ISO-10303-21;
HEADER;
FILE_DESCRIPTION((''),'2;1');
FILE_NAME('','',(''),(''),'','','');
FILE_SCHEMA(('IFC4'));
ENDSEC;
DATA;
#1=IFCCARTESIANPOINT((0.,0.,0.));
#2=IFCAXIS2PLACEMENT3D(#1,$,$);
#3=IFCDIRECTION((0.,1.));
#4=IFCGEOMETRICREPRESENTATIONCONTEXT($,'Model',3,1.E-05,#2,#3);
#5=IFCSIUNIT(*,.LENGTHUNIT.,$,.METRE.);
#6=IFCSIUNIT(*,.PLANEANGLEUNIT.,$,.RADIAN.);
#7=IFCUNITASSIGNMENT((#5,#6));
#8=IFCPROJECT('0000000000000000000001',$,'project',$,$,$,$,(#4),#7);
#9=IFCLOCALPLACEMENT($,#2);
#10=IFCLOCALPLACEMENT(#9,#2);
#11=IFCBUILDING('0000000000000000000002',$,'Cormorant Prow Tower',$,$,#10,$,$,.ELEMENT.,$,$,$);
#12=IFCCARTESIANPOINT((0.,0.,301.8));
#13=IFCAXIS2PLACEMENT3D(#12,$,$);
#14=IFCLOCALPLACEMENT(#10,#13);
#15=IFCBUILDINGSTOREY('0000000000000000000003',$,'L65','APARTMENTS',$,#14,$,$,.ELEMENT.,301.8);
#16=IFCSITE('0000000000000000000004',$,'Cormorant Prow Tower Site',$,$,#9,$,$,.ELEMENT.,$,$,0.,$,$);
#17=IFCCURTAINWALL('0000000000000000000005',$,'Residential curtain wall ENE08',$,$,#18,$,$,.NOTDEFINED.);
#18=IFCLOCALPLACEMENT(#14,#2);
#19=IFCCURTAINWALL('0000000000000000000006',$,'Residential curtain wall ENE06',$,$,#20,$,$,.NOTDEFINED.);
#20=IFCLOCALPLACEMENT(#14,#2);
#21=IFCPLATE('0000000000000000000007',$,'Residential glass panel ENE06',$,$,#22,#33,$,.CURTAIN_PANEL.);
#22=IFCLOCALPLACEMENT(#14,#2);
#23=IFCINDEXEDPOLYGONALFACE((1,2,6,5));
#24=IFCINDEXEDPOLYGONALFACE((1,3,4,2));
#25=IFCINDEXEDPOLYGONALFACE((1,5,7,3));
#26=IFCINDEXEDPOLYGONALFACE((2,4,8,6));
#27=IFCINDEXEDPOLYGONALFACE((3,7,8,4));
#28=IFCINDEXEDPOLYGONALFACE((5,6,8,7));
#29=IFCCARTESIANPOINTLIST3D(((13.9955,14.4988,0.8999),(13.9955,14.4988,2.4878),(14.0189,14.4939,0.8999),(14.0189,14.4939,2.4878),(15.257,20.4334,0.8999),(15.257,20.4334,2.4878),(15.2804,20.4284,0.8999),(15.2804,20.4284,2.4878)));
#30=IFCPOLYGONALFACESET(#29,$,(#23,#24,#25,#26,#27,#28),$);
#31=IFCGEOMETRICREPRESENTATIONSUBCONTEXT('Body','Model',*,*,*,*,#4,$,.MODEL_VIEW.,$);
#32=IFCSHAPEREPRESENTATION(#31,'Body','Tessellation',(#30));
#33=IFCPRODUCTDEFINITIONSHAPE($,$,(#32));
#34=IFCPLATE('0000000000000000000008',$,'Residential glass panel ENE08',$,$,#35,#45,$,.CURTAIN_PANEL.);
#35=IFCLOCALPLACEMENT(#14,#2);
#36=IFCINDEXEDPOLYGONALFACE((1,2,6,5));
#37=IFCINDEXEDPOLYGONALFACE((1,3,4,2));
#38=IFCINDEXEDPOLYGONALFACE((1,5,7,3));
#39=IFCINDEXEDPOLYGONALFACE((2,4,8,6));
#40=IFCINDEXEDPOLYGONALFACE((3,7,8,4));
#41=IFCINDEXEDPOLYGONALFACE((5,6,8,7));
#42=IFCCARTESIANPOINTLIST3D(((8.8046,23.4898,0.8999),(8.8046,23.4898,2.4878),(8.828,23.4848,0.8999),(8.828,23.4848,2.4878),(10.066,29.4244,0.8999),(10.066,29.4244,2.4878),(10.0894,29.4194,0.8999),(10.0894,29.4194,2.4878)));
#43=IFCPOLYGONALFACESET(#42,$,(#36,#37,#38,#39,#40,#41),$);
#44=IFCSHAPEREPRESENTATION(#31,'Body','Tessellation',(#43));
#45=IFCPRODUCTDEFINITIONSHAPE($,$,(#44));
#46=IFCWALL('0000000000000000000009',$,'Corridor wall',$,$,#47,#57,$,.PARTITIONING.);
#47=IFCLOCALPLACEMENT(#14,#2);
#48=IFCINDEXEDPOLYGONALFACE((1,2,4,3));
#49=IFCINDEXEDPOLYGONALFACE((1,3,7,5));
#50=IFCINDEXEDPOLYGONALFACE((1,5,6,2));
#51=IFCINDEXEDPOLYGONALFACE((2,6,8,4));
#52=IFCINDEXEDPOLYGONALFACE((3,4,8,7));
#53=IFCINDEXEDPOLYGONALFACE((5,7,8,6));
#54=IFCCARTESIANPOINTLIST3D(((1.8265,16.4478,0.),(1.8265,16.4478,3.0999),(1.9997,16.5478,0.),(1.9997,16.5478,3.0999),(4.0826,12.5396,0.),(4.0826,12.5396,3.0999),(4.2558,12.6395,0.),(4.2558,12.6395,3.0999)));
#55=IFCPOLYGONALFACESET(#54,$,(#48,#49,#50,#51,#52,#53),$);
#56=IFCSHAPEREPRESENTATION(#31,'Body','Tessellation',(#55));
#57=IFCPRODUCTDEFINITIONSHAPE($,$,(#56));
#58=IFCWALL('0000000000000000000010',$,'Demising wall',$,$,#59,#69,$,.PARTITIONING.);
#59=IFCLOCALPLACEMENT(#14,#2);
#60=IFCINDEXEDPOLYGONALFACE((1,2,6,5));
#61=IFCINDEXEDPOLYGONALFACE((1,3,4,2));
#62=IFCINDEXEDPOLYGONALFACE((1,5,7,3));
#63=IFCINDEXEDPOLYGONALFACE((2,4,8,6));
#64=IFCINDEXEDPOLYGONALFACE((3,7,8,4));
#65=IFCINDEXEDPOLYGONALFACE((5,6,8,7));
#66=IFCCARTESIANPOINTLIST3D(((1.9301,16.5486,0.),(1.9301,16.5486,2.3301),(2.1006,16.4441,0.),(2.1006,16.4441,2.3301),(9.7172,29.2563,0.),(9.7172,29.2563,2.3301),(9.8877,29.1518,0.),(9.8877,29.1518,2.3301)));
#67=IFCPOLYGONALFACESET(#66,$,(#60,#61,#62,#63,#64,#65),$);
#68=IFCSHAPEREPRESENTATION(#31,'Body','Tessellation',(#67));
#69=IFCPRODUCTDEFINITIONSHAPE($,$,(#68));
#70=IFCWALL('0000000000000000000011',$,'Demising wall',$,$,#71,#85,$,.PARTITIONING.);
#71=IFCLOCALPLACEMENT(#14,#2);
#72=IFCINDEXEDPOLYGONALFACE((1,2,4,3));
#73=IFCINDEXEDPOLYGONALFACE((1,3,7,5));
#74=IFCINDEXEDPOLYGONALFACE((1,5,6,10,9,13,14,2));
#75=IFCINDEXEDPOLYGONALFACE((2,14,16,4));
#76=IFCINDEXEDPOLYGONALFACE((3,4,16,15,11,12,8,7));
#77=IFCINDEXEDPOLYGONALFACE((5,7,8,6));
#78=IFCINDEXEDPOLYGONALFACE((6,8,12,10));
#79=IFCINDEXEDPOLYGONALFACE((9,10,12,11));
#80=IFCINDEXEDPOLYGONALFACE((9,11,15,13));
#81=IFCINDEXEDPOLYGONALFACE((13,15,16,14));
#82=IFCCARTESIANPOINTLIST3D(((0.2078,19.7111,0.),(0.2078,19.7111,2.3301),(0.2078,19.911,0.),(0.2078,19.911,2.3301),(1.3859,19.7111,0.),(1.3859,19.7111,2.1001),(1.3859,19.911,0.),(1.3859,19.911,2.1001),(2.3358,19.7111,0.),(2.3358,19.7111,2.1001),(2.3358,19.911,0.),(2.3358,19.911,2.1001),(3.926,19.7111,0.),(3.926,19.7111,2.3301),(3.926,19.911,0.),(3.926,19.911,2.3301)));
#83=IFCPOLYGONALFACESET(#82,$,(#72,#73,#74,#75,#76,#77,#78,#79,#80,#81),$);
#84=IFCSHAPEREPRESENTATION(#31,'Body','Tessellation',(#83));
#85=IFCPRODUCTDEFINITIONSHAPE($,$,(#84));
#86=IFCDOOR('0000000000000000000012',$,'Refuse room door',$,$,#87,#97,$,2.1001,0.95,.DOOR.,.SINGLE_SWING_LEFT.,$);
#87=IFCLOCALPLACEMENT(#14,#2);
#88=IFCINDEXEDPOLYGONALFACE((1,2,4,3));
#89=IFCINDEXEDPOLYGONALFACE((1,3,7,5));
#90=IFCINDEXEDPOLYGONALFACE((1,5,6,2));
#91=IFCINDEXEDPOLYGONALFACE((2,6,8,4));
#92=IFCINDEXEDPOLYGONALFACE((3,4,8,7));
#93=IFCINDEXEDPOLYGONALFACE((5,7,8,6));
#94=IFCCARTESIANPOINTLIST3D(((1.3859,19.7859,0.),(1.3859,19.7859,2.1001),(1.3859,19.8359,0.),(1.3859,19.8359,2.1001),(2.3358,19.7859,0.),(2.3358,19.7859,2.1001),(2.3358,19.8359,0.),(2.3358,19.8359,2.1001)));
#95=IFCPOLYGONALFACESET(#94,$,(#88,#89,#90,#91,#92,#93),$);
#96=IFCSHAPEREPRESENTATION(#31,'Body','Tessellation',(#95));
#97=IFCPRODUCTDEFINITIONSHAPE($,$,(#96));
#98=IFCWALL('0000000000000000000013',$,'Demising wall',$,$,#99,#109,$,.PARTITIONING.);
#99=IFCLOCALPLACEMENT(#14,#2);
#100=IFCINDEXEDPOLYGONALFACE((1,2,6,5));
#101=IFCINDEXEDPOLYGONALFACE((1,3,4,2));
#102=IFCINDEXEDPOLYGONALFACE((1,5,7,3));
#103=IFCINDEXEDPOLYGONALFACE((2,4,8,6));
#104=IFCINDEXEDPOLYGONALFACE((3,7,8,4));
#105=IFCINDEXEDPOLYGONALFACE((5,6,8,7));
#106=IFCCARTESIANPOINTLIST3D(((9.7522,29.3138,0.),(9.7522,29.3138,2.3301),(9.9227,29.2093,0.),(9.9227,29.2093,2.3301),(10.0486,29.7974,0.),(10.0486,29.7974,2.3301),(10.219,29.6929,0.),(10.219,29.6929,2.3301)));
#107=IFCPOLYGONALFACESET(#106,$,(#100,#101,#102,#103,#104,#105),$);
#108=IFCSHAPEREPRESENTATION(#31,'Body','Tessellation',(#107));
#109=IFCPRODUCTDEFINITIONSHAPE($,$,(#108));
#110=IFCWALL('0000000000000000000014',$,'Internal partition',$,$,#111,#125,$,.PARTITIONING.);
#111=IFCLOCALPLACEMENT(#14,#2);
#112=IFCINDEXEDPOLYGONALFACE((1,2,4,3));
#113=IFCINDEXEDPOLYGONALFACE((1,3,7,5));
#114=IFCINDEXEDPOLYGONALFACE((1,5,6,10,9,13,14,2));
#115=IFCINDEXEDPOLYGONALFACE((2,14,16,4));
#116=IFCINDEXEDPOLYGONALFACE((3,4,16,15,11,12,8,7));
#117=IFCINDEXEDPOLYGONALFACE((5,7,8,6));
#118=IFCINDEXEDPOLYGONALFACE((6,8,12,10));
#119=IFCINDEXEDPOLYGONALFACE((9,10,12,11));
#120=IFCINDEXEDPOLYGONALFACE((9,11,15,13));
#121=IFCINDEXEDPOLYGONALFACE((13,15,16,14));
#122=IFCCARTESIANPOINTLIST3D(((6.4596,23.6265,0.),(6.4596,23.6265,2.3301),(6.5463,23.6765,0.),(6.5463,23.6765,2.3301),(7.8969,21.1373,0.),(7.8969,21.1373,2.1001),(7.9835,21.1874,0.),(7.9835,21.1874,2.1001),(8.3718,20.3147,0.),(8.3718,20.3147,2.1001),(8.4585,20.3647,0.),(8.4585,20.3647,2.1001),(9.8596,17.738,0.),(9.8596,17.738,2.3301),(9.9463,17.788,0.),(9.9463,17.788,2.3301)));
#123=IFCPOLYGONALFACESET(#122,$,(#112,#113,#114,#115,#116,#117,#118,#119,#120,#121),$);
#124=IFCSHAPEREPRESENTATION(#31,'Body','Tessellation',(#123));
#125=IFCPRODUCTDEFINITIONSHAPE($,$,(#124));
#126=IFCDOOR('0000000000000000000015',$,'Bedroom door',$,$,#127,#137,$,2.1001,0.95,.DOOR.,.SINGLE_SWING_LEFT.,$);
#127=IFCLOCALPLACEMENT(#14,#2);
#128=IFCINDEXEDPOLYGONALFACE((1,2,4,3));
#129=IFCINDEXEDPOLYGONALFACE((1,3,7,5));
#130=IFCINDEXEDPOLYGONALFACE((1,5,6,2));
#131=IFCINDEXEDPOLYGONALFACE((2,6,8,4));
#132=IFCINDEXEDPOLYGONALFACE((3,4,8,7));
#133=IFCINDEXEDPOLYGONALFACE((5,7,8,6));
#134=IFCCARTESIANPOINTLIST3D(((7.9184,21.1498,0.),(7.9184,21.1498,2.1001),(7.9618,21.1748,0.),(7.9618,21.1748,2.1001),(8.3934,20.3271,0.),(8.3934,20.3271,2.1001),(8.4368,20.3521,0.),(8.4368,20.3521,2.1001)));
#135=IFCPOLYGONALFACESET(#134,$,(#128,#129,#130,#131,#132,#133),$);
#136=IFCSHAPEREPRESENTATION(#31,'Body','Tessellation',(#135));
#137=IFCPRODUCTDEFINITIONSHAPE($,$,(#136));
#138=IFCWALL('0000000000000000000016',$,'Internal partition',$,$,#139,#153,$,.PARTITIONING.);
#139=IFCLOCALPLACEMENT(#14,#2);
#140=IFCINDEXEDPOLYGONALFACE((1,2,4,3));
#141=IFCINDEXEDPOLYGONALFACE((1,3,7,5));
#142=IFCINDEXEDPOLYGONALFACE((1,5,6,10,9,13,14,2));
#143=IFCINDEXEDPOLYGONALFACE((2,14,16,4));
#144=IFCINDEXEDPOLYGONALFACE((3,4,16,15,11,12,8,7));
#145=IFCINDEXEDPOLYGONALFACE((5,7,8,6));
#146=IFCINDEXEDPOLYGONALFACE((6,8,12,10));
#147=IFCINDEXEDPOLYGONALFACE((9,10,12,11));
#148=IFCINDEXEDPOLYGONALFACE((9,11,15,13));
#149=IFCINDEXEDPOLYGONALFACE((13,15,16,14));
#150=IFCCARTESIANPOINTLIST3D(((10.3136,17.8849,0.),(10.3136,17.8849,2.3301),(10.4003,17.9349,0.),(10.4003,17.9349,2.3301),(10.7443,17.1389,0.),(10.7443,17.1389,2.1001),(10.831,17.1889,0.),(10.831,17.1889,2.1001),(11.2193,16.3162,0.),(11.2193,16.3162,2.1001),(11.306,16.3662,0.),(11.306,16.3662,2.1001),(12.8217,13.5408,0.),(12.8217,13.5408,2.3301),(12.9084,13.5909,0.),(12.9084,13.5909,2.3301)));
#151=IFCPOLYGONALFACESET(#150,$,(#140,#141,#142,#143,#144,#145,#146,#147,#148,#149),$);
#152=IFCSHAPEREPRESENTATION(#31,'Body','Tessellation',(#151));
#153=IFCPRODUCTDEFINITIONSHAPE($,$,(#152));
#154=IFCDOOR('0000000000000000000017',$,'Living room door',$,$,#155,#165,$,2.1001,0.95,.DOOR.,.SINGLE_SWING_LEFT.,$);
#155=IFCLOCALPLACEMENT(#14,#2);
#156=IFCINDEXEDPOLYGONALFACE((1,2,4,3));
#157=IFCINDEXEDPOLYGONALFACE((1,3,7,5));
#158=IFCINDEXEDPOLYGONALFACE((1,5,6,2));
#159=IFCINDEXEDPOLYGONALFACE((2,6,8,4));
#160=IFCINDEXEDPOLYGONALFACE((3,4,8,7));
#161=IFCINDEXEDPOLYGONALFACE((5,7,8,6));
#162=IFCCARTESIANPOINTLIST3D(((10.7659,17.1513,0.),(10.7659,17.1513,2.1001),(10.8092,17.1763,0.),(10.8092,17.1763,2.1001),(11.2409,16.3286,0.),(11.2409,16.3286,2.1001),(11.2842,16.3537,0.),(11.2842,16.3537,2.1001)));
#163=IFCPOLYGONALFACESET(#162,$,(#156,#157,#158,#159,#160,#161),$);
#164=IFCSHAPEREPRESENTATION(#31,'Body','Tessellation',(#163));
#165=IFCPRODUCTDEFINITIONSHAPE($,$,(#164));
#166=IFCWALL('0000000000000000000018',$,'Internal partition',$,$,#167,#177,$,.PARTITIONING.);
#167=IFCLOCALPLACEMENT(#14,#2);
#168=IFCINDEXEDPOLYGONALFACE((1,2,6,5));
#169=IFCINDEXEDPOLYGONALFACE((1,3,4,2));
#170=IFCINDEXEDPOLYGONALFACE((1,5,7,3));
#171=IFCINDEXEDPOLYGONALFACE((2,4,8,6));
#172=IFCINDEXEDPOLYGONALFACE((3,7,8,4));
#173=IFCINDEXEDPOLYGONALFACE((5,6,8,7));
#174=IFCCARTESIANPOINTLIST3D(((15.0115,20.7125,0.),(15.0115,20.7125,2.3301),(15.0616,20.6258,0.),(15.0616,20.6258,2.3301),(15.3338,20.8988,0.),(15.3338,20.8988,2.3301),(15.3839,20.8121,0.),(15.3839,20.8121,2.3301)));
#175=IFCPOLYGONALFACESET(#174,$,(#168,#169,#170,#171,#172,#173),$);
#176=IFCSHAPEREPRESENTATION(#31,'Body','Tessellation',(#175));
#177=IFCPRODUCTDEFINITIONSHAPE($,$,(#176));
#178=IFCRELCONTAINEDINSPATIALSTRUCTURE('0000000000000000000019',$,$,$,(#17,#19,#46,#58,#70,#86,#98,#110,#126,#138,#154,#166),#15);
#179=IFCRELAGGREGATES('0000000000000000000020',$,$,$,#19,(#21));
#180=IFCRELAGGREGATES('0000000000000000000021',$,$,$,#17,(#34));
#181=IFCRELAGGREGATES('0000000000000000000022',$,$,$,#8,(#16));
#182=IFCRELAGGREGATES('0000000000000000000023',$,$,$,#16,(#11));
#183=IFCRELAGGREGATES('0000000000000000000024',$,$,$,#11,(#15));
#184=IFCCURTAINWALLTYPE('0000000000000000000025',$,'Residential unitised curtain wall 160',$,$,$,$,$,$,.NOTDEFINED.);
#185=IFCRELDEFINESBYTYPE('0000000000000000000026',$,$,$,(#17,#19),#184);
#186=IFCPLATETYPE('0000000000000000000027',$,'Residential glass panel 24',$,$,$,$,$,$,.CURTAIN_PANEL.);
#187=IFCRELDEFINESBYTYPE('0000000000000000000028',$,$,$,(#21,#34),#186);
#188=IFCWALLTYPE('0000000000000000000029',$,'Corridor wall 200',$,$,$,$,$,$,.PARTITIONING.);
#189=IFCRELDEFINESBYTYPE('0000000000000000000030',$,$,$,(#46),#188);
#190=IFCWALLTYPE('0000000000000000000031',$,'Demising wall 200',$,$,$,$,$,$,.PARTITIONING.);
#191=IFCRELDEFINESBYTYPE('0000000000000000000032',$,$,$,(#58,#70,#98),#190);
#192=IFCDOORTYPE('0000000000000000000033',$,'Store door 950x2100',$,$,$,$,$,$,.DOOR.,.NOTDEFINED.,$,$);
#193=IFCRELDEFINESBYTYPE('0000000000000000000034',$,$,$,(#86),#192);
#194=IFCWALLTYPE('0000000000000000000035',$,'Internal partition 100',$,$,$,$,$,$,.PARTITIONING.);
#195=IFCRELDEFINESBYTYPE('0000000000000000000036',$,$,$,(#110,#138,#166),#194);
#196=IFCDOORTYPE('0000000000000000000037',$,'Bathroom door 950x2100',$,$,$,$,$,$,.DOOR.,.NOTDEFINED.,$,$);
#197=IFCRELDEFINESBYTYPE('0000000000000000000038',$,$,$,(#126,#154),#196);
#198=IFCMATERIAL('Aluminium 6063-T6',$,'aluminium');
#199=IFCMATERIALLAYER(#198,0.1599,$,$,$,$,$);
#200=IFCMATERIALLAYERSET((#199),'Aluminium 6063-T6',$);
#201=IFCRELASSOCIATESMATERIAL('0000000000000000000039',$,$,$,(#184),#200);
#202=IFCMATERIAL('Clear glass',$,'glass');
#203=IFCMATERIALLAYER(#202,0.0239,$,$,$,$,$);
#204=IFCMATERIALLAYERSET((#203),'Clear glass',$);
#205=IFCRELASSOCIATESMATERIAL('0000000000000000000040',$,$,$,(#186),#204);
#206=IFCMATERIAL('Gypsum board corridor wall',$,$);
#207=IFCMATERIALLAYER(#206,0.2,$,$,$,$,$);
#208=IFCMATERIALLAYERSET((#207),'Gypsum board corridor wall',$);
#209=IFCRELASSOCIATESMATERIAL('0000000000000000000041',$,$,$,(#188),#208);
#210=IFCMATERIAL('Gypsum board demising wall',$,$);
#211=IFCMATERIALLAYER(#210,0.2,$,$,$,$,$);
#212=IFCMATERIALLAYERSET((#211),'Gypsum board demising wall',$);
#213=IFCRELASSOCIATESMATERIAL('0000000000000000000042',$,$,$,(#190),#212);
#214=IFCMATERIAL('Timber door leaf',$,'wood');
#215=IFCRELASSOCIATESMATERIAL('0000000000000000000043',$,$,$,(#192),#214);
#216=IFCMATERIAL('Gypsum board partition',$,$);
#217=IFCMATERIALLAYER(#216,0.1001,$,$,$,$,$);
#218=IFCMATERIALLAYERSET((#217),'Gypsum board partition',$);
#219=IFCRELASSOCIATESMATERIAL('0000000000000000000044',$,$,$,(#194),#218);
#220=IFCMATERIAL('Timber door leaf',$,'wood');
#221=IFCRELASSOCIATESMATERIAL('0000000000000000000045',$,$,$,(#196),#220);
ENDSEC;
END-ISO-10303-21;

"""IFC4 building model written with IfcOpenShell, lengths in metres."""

from ifc_helpers import new_model, si_unit, direction, frame, frame_2d, origin, origin_2d, place, context, subcontext, project, spatial, rectangle, extrude, material, layer, layer_set, type_object, element, fill, aggregate, save


model = new_model("IFC4")

# Units and contexts
model_context = context("Model", 3, precision=1e-05, world=origin(), true_north=direction((0.0, 1.0)))
body_context = subcontext(model_context, "Body", "Model", "MODEL_VIEW")
ifc_project = project(units=[si_unit("LENGTHUNIT", "METRE"), si_unit("PLANEANGLEUNIT", "RADIAN")], contexts=[model_context])

# Site, building, storey
site_placement = place(None, origin())
site = spatial("IfcSite", under=ifc_project, at=site_placement, Name="Cormorant Prow Tower Site", CompositionType="ELEMENT", RefElevation=0.0)
building_placement = place(site_placement, origin())
building = spatial("IfcBuilding", under=site, at=building_placement, Name="Cormorant Prow Tower", CompositionType="ELEMENT")
storey_placement = place(building_placement, frame((0.0, 0.0, 301.8)))
storey = spatial("IfcBuildingStorey", under=building, at=storey_placement, Name="L65", Description="APARTMENTS", CompositionType="ELEMENT", Elevation=301.8)

# Curtain wall
ifc_material_1 = material(Name="Aluminium 6063-T6", Category="aluminium")
ifc_layer_1 = layer(ifc_material_1, 0.1599)
ifc_layer_set_1 = layer_set([ifc_layer_1], Name="Aluminium 6063-T6")
curtain_wall_type = type_object("IfcCurtainWallType", Name="Residential unitised curtain wall 160", PredefinedType="NOTDEFINED", material=ifc_layer_set_1)
curtain_wall_1_placement = place(storey_placement, origin())
curtain_wall_1 = element("IfcCurtainWall", 1, at=curtain_wall_1_placement, inside=storey, type_object=curtain_wall_type, Name="Residential curtain wall ENE08", PredefinedType="NOTDEFINED")

# Curtain wall, plate
curtain_wall_2_placement = place(storey_placement, origin())
curtain_wall_2 = element("IfcCurtainWall", 2, at=curtain_wall_2_placement, inside=storey, type_object=curtain_wall_type, Name="Residential curtain wall ENE06", PredefinedType="NOTDEFINED")
ifc_material_2 = material(Name="Clear glass", Category="glass")
ifc_layer_2 = layer(ifc_material_2, 0.0239)
ifc_layer_set_2 = layer_set([ifc_layer_2], Name="Clear glass")
plate_type = type_object("IfcPlateType", Name="Residential glass panel 24", PredefinedType="CURTAIN_PANEL", material=ifc_layer_set_2)
plate_1_placement = place(storey_placement, frame((14.6379, 17.4636, 0.8999), z_axis=(0.0, 0.0, 1.0), x_axis=(0.207912, 0.978148, 0.0)))
plate_1 = element("IfcPlate", 3, at=plate_1_placement, type_object=plate_type, Name="Residential glass panel ENE06", PredefinedType="CURTAIN_PANEL", context=body_context, shape_type="SweptSolid", body=[
    extrude(rectangle(XDim=6.0671, YDim=0.0239, at=origin_2d()), origin(), (0.0, 0.0, 1.0), 1.5879),
])
aggregate(curtain_wall_2, [plate_1])

# Plate
plate_2_placement = place(storey_placement, frame((9.447, 26.4546, 0.8999), z_axis=(0.0, 0.0, 1.0), x_axis=(0.207912, 0.978148, 0.0)))
plate_2 = element("IfcPlate", 4, at=plate_2_placement, type_object=plate_type, Name="Residential glass panel ENE08", PredefinedType="CURTAIN_PANEL", context=body_context, shape_type="SweptSolid", body=[
    extrude(rectangle(XDim=6.0671, YDim=0.0239, at=origin_2d()), origin(), (0.0, 0.0, 1.0), 1.5879),
])
aggregate(curtain_wall_1, [plate_2])

# Walls
ifc_material_3 = material(Name="Gypsum board corridor wall")
ifc_layer_3 = layer(ifc_material_3, 0.2)
ifc_layer_set_3 = layer_set([ifc_layer_3], Name="Gypsum board corridor wall")
wall_type_1 = type_object("IfcWallType", Name="Corridor wall 200", PredefinedType="PARTITIONING", material=ifc_layer_set_3)
wall_1_placement = place(storey_placement, frame((1.9131, 16.4978, 0.0), z_axis=(0.0, 0.0, 1.0), x_axis=(0.49995, -0.866054, 0.0)))
element("IfcWall", 5, at=wall_1_placement, inside=storey, type_object=wall_type_1, Name="Corridor wall", PredefinedType="PARTITIONING", context=body_context, shape_type="SweptSolid", body=[
    extrude(rectangle(XDim=4.5127, YDim=0.2, at=frame_2d((2.2563, 0.0))), origin(), (0.0, 0.0, 1.0), 3.0999),
])
ifc_material_4 = material(Name="Gypsum board demising wall")
ifc_layer_4 = layer(ifc_material_4, 0.2)
ifc_layer_set_4 = layer_set([ifc_layer_4], Name="Gypsum board demising wall")
wall_type_2 = type_object("IfcWallType", Name="Demising wall 200", PredefinedType="PARTITIONING", material=ifc_layer_set_4)
wall_2_placement = place(storey_placement, frame((2.0154, 16.4963, 0.0), z_axis=(0.0, 0.0, 1.0), x_axis=(0.522488, 0.852647, 0.0)))
element("IfcWall", 6, at=wall_2_placement, inside=storey, type_object=wall_type_2, Name="Demising wall", PredefinedType="PARTITIONING", context=body_context, shape_type="SweptSolid", body=[
    extrude(rectangle(XDim=14.9038, YDim=0.2, at=frame_2d((7.4519, 0.0))), origin(), (0.0, 0.0, 1.0), 2.3301),
])

# Wall, opening, door
wall_3_placement = place(storey_placement, frame((0.2078, 19.811, 0.0), z_axis=(0.0, 0.0, 1.0), x_axis=(1.0, 0.0, 0.0)))
wall_3 = element("IfcWall", 7, at=wall_3_placement, inside=storey, type_object=wall_type_2, Name="Demising wall", PredefinedType="PARTITIONING", context=body_context, shape_type="SweptSolid", body=[
    extrude(rectangle(XDim=3.7183, YDim=0.2, at=frame_2d((1.8591, 0.0))), origin(), (0.0, 0.0, 1.0), 2.3301),
])
opening_1_placement = place(wall_3_placement, frame((1.178, 0.0, 0.0)))
opening_1 = element("IfcOpeningElement", 8, at=opening_1_placement, cuts=wall_3, PredefinedType="OPENING", context=body_context, shape_type="SweptSolid", body=[
    extrude(rectangle(XDim=0.95, YDim=2.1001, at=frame_2d((0.4751, 1.05))), frame((0.0, 0.1099, 0.0), z_axis=(0.0, -1.0, 0.0), x_axis=(1.0, 0.0, 0.0)), (0.0, 0.0, 1.0), 0.22),
])
ifc_material_5 = material(Name="Timber door leaf", Category="wood")
door_type_1 = type_object("IfcDoorType", Name="Store door 950x2100", OperationType="NOTDEFINED", PredefinedType="DOOR", material=ifc_material_5)
door_1_placement = place(opening_1_placement, origin())
door_1 = element("IfcDoor", 9, at=door_1_placement, inside=storey, type_object=door_type_1, Name="Refuse room door", OperationType="SINGLE_SWING_LEFT", OverallHeight=2.1001, OverallWidth=0.95, PredefinedType="DOOR", context=body_context, shape_type="SweptSolid", body=[
    extrude(rectangle(XDim=0.95, YDim=2.1001, at=frame_2d((0.4751, 1.05))), frame((0.0, 0.0249, 0.0), z_axis=(0.0, -1.0, 0.0), x_axis=(1.0, 0.0, 0.0)), (0.0, 0.0, 1.0), 0.05),
])
fill(opening_1, door_1)

# Wall
wall_4_placement = place(storey_placement, frame((9.8374, 29.2615, 0.0), z_axis=(0.0, 0.0, 1.0), x_axis=(0.522512, 0.852632, 0.0)))
element("IfcWall", 10, at=wall_4_placement, inside=storey, type_object=wall_type_2, Name="Demising wall", PredefinedType="PARTITIONING", context=body_context, shape_type="SweptSolid", body=[
    extrude(rectangle(XDim=0.5671, YDim=0.2, at=frame_2d((0.2837, 0.0))), origin(), (0.0, 0.0, 1.0), 2.3301),
])

# Walls, openings, doors
ifc_material_6 = material(Name="Gypsum board partition")
ifc_layer_5 = layer(ifc_material_6, 0.1001)
ifc_layer_set_5 = layer_set([ifc_layer_5], Name="Gypsum board partition")
wall_type_3 = type_object("IfcWallType", Name="Internal partition 100", PredefinedType="PARTITIONING", material=ifc_layer_set_5)
wall_5_placement = place(storey_placement, frame((6.5029, 23.6516, 0.0), z_axis=(0.0, 0.0, 1.0), x_axis=(0.500024, -0.866012, 0.0)))
wall_5 = element("IfcWall", 11, at=wall_5_placement, inside=storey, type_object=wall_type_3, Name="Internal partition", PredefinedType="PARTITIONING", context=body_context, shape_type="SweptSolid", body=[
    extrude(rectangle(XDim=6.7996, YDim=0.1001, at=frame_2d((3.3999, 0.0))), origin(), (0.0, 0.0, 1.0), 2.3301),
])
opening_2_placement = place(wall_5_placement, frame((2.8743, 0.0, 0.0)))
opening_2 = element("IfcOpeningElement", 12, at=opening_2_placement, cuts=wall_5, PredefinedType="OPENING", context=body_context, shape_type="SweptSolid", body=[
    extrude(rectangle(XDim=0.95, YDim=2.1001, at=frame_2d((0.4751, 1.05))), frame((0.0, 0.0601, 0.0), z_axis=(0.0, -1.0, 0.0), x_axis=(1.0, 0.0, 0.0)), (0.0, 0.0, 1.0), 0.1201),
])
ifc_material_7 = material(Name="Timber door leaf", Category="wood")
door_type_2 = type_object("IfcDoorType", Name="Bathroom door 950x2100", OperationType="NOTDEFINED", PredefinedType="DOOR", material=ifc_material_7)
door_2_placement = place(opening_2_placement, origin())
door_2 = element("IfcDoor", 13, at=door_2_placement, inside=storey, type_object=door_type_2, Name="Bedroom door", OperationType="SINGLE_SWING_LEFT", OverallHeight=2.1001, OverallWidth=0.95, PredefinedType="DOOR", context=body_context, shape_type="SweptSolid", body=[
    extrude(rectangle(XDim=0.95, YDim=2.1001, at=frame_2d((0.4751, 1.05))), frame((0.0, 0.0249, 0.0), z_axis=(0.0, -1.0, 0.0), x_axis=(1.0, 0.0, 0.0)), (0.0, 0.0, 1.0), 0.05),
])
fill(opening_2, door_2)
wall_6_placement = place(storey_placement, frame((10.3569, 17.9099, 0.0), z_axis=(0.0, 0.0, 1.0), x_axis=(0.500008, -0.866021, 0.0)))
wall_6 = element("IfcWall", 14, at=wall_6_placement, inside=storey, type_object=wall_type_3, Name="Internal partition", PredefinedType="PARTITIONING", context=body_context, shape_type="SweptSolid", body=[
    extrude(rectangle(XDim=5.0161, YDim=0.1001, at=frame_2d((2.5081, 0.0))), origin(), (0.0, 0.0, 1.0), 2.3301),
])
opening_3_placement = place(wall_6_placement, frame((0.8613, 0.0, 0.0)))
opening_3 = element("IfcOpeningElement", 15, at=opening_3_placement, cuts=wall_6, PredefinedType="OPENING", context=body_context, shape_type="SweptSolid", body=[
    extrude(rectangle(XDim=0.95, YDim=2.1001, at=frame_2d((0.4751, 1.05))), frame((0.0, 0.0601, 0.0), z_axis=(0.0, -1.0, 0.0), x_axis=(1.0, 0.0, 0.0)), (0.0, 0.0, 1.0), 0.1201),
])
door_3_placement = place(opening_3_placement, origin())
door_3 = element("IfcDoor", 16, at=door_3_placement, inside=storey, type_object=door_type_2, Name="Living room door", OperationType="SINGLE_SWING_LEFT", OverallHeight=2.1001, OverallWidth=0.95, PredefinedType="DOOR", context=body_context, shape_type="SweptSolid", body=[
    extrude(rectangle(XDim=0.95, YDim=2.1001, at=frame_2d((0.4751, 1.05))), frame((0.0, 0.0249, 0.0), z_axis=(0.0, -1.0, 0.0), x_axis=(1.0, 0.0, 0.0)), (0.0, 0.0, 1.0), 0.05),
])
fill(opening_3, door_3)

# Wall
wall_7_placement = place(storey_placement, frame((15.0366, 20.6692, 0.0), z_axis=(0.0, 0.0, 1.0), x_axis=(0.86577, 0.500441, 0.0)))
element("IfcWall", 17, at=wall_7_placement, inside=storey, type_object=wall_type_3, Name="Internal partition", PredefinedType="PARTITIONING", context=body_context, shape_type="SweptSolid", body=[
    extrude(rectangle(XDim=0.3723, YDim=0.1001, at=frame_2d((0.186, 0.0))), origin(), (0.0, 0.0, 1.0), 2.3301),
])

save(model, "model.ifc")
